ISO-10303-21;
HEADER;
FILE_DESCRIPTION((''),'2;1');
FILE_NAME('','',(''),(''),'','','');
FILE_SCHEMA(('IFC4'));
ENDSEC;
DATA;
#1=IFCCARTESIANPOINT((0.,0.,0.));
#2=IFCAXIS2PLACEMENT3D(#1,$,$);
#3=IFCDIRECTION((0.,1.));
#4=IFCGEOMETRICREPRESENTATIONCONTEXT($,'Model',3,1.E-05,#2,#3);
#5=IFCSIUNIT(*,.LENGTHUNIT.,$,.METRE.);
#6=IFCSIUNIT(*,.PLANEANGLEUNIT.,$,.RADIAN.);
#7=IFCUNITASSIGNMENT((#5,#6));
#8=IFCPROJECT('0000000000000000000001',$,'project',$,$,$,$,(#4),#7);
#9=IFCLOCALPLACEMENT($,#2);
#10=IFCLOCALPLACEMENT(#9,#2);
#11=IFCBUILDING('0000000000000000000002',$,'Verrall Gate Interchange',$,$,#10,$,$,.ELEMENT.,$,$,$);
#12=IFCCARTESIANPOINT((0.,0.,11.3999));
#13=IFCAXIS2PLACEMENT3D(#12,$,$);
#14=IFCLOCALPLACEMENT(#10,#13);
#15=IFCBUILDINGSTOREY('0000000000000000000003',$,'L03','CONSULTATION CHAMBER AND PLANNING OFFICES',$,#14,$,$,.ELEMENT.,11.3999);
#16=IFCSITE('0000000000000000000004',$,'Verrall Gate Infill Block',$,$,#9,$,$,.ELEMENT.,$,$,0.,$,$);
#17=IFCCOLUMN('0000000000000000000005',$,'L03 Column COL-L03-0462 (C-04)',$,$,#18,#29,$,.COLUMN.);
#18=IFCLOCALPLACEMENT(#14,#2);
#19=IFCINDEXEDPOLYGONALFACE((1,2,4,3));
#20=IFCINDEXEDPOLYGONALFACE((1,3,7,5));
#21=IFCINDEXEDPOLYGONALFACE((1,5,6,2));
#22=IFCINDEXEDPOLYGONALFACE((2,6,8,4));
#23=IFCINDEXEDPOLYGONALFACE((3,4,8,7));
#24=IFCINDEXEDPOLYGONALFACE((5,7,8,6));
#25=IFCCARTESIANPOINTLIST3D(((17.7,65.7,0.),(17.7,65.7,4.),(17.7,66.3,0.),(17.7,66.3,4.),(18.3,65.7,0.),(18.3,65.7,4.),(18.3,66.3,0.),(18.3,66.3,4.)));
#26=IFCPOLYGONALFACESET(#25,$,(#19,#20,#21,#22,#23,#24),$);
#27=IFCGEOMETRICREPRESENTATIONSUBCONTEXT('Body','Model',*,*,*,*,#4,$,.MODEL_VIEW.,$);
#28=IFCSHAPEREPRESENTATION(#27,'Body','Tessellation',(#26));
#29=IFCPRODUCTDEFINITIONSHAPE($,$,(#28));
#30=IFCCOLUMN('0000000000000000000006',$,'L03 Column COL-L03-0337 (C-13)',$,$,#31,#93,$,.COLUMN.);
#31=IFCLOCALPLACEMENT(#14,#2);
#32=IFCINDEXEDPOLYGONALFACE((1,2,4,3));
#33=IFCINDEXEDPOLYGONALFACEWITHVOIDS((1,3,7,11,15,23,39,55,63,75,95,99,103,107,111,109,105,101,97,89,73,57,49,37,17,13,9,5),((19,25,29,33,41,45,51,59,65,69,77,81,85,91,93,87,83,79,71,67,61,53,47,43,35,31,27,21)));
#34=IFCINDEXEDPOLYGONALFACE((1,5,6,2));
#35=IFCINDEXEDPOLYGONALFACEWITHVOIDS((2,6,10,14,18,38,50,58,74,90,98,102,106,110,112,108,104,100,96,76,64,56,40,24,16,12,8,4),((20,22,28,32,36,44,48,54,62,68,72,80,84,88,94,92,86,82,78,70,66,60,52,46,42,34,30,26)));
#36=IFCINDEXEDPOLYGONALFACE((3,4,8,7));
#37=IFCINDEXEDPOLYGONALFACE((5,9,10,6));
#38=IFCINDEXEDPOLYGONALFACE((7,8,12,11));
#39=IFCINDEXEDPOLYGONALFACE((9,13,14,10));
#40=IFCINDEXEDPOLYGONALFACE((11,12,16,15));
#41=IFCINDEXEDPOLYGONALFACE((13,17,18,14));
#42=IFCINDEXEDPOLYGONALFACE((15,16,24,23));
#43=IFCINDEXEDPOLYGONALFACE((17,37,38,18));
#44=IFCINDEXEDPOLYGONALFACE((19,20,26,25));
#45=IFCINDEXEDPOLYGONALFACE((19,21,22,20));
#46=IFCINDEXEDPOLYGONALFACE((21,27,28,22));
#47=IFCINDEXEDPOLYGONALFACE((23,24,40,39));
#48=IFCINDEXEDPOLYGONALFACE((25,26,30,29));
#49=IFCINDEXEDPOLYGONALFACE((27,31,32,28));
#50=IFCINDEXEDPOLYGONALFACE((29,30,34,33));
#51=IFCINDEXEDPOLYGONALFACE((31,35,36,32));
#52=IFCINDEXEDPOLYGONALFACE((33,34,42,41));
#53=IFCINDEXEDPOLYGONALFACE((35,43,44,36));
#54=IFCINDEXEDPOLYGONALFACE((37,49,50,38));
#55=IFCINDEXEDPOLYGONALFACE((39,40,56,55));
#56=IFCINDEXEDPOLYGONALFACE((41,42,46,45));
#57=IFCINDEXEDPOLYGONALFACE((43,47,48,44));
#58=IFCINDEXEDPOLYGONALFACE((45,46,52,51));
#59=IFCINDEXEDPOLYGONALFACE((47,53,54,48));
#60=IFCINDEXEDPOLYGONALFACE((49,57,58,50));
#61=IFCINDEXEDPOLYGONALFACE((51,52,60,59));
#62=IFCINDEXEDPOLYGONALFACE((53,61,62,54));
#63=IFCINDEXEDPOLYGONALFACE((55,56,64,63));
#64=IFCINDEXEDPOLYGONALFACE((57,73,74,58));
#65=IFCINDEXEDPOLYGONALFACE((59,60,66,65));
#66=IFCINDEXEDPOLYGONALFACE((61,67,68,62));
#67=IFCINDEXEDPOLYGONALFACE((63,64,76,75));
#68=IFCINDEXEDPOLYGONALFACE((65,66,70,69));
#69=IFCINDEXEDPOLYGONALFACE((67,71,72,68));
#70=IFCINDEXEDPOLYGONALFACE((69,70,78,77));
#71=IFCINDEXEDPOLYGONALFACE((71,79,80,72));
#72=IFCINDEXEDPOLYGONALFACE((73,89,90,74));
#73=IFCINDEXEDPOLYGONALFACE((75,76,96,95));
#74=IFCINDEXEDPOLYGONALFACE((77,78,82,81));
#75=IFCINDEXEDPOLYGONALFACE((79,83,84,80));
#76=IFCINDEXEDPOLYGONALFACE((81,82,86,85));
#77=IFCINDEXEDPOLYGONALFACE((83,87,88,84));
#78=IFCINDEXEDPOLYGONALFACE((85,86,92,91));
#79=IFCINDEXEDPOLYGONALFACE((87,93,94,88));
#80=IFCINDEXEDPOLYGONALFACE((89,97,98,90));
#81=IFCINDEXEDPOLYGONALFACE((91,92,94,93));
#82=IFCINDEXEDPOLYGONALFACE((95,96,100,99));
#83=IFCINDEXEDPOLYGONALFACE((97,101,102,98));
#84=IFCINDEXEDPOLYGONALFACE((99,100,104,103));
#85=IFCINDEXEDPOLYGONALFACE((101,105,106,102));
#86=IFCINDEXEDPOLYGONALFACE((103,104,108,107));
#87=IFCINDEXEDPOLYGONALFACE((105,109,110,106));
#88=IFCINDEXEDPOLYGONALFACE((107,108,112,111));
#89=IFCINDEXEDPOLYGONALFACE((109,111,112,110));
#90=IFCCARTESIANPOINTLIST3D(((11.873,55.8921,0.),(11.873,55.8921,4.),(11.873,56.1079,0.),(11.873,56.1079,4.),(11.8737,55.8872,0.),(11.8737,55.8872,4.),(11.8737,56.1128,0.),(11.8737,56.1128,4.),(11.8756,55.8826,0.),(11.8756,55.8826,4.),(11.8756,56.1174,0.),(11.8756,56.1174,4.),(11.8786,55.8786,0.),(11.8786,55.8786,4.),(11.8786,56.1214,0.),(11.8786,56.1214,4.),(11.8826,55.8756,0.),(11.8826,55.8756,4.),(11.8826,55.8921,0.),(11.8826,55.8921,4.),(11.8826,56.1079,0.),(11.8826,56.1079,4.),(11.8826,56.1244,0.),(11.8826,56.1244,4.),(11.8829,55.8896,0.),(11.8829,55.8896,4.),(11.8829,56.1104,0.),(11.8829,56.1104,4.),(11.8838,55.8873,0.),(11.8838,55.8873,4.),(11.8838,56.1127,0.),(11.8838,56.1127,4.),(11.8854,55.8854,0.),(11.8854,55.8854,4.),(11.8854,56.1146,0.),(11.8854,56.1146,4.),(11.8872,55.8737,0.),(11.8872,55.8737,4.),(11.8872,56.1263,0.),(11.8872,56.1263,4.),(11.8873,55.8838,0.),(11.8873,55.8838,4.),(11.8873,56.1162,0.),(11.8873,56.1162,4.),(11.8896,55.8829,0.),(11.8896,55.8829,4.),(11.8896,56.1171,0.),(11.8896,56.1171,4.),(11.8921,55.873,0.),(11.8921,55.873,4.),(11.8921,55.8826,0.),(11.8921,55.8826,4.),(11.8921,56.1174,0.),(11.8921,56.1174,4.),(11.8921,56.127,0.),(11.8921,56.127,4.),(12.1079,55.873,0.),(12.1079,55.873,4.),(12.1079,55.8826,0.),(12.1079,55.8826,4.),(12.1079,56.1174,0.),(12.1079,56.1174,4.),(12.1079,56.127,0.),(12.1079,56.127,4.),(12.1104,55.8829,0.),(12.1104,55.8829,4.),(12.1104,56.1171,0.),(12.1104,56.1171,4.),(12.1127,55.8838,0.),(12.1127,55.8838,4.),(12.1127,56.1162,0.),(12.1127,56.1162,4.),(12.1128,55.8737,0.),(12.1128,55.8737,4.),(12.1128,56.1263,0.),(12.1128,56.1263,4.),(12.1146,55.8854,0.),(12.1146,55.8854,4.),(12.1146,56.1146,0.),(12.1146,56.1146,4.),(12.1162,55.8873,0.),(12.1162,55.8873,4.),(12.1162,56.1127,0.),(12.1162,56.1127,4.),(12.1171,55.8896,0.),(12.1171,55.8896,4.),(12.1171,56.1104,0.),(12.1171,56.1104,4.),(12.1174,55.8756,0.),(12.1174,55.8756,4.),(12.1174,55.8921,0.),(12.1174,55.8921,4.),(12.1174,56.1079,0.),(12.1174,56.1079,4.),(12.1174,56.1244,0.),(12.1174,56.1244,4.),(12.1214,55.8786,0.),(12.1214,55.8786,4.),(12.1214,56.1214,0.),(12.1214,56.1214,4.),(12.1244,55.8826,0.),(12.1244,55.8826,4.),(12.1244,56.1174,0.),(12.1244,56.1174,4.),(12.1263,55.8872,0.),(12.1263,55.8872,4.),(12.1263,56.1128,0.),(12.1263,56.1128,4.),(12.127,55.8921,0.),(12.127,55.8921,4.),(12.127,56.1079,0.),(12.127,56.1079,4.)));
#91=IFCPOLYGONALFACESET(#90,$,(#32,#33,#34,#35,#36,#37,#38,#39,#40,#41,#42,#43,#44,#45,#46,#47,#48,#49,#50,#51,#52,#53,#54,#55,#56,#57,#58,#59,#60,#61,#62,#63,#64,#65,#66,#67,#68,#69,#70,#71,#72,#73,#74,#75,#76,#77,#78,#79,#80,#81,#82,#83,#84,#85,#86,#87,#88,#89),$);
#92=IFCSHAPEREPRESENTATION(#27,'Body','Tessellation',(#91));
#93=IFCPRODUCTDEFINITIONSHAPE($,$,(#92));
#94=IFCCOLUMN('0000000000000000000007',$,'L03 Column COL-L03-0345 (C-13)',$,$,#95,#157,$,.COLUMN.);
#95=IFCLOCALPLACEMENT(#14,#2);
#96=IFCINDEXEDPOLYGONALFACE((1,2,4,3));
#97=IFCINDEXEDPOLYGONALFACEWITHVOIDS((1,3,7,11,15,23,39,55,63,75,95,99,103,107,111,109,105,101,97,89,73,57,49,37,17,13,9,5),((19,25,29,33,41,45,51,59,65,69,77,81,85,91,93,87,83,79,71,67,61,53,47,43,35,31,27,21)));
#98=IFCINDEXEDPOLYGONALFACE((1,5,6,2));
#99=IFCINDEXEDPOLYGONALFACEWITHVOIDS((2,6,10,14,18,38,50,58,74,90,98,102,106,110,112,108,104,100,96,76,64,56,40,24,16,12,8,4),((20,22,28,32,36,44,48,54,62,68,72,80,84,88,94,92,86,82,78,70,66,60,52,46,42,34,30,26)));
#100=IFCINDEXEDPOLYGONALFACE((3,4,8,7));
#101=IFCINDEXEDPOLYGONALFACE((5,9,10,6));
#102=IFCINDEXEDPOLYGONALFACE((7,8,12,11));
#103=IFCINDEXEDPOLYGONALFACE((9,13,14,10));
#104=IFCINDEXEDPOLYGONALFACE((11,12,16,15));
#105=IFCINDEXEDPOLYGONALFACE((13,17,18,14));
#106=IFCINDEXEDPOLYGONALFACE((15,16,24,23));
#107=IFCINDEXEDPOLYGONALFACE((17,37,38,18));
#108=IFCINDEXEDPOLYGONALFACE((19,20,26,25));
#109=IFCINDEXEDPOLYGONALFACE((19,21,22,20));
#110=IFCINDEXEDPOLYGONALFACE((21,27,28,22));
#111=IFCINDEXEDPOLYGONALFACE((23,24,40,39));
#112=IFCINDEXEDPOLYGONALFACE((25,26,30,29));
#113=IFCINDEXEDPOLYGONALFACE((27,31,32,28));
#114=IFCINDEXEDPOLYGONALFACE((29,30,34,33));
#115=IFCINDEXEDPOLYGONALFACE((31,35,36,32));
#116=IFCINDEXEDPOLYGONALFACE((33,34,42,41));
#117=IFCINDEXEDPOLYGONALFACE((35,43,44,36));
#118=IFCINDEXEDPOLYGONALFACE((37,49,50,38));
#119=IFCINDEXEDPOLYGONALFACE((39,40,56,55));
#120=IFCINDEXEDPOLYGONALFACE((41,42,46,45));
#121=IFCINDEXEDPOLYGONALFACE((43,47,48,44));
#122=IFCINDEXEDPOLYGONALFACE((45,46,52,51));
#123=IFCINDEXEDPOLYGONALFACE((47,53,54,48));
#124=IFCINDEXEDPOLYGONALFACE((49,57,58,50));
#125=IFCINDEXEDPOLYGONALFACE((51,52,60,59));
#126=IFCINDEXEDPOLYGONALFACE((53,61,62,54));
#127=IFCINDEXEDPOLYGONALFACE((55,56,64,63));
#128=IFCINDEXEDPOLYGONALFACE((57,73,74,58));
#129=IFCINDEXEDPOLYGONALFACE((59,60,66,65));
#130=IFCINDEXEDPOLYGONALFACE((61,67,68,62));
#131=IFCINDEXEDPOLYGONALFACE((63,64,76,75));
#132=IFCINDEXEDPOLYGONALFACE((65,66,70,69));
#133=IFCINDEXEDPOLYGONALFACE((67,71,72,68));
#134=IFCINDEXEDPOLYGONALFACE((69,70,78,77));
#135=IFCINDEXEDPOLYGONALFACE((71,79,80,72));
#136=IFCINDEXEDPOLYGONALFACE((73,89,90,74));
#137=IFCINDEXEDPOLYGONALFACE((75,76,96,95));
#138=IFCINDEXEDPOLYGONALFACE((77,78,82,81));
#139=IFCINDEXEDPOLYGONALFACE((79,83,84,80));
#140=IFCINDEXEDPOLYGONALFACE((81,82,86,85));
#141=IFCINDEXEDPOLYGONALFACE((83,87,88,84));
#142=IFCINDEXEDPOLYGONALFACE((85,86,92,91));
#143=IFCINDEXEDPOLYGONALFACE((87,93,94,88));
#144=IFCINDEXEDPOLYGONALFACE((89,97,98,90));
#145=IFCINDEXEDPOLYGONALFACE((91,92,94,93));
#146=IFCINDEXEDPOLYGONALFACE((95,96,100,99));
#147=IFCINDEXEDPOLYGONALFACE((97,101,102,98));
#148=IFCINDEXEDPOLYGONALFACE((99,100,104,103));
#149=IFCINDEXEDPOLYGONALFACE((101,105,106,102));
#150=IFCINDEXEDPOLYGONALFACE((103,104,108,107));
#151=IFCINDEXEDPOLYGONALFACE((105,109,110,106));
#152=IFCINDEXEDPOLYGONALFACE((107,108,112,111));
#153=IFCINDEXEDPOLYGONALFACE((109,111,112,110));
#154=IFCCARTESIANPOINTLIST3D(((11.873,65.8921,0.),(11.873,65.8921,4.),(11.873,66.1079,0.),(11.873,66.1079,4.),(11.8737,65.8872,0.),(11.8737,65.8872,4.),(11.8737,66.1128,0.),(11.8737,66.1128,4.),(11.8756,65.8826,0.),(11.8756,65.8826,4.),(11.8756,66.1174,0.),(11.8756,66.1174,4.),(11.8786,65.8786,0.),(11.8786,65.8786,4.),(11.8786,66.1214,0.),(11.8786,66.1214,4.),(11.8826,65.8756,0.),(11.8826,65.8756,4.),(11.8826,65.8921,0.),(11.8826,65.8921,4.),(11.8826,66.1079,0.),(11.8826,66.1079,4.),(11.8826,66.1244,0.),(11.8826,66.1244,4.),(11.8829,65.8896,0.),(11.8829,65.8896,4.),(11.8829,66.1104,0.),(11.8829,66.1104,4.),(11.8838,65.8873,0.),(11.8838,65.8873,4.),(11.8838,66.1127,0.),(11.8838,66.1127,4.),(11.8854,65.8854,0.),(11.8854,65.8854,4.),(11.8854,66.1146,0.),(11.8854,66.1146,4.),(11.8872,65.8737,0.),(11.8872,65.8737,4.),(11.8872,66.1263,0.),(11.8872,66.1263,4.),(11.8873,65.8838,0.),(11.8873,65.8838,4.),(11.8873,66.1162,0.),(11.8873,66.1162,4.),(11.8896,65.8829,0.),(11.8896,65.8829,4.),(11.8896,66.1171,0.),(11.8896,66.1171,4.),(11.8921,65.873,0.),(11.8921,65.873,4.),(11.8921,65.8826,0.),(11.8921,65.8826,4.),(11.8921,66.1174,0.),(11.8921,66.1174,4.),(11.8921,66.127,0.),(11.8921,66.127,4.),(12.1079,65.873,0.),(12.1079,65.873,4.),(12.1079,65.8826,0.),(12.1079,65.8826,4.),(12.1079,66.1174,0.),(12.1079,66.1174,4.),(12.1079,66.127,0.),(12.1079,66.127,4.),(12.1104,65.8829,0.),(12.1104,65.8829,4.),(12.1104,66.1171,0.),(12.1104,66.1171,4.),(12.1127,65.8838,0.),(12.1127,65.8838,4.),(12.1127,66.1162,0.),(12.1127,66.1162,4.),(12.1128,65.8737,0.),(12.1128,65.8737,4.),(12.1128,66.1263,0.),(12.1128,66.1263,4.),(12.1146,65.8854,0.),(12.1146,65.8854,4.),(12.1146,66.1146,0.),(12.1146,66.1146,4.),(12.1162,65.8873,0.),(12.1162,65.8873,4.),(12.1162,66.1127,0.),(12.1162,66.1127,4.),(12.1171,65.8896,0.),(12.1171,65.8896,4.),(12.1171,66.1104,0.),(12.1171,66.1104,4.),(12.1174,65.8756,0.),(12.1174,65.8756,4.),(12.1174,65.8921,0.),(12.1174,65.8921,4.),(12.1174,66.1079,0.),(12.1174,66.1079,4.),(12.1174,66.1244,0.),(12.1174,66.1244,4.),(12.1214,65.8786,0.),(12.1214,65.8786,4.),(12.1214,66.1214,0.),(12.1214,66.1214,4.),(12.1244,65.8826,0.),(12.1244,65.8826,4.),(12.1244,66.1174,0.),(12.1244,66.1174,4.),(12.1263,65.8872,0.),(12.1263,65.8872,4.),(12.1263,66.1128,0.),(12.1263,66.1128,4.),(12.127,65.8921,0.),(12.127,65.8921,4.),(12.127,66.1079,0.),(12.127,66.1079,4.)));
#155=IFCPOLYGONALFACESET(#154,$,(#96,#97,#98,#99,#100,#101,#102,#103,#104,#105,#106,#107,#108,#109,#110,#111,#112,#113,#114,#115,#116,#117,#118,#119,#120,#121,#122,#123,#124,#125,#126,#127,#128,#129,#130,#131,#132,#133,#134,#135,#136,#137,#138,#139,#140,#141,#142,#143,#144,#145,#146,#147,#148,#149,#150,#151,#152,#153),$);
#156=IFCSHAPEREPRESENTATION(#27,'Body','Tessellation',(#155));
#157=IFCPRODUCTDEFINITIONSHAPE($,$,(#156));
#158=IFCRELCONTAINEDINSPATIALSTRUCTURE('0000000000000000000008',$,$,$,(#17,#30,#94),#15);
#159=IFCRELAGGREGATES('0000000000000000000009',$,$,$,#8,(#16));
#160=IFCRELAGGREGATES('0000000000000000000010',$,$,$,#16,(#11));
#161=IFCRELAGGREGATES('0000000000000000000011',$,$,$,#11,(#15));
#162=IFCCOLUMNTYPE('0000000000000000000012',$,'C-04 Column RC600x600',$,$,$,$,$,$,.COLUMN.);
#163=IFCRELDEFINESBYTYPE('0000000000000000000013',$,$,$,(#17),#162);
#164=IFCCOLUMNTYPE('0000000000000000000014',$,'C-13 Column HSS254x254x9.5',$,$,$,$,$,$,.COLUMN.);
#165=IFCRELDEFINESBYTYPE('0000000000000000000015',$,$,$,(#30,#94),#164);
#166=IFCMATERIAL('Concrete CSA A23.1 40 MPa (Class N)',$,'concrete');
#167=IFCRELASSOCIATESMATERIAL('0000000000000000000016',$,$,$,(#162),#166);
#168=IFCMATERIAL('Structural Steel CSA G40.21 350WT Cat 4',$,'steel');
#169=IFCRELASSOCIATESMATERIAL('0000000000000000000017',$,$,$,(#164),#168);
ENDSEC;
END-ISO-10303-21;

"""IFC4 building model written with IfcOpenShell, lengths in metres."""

from ifc_helpers import new_model, si_unit, direction, frame, origin, origin_2d, place, context, subcontext, project, spatial, rectangle, hollow_rectangle, extrude, material, material_profile, profile_set, type_object, element, save


model = new_model("IFC4")

# Units and contexts
model_context = context("Model", 3, precision=1e-05, world=origin(), true_north=direction((0.0, 1.0)))
body_context = subcontext(model_context, "Body", "Model", "MODEL_VIEW")
ifc_project = project(units=[si_unit("LENGTHUNIT", "METRE"), si_unit("PLANEANGLEUNIT", "RADIAN")], contexts=[model_context])

# Site, building, storey
site_placement = place(None, origin())
site = spatial("IfcSite", under=ifc_project, at=site_placement, Name="Verrall Gate Infill Block", CompositionType="ELEMENT", RefElevation=0.0)
building_placement = place(site_placement, origin())
building = spatial("IfcBuilding", under=site, at=building_placement, Name="Verrall Gate Interchange", CompositionType="ELEMENT")
storey_placement = place(building_placement, frame((0.0, 0.0, 11.3999)))
storey = spatial("IfcBuildingStorey", under=building, at=storey_placement, Name="L03", Description="CONSULTATION CHAMBER AND PLANNING OFFICES", CompositionType="ELEMENT", Elevation=11.3999)

# Columns
ifc_material_1 = material(Name="Concrete CSA A23.1 40 MPa (Class N)", Category="concrete")
ifc_material_profile_1 = material_profile(ifc_material_1, rectangle(XDim=0.6001, YDim=0.6001, at=origin_2d()), Name="RC600x600")
ifc_profile_set_1 = profile_set([ifc_material_profile_1], Name="Concrete CSA A23.1 40 MPa (Class N)")
column_type_1 = type_object("IfcColumnType", Name="C-04 Column RC600x600", PredefinedType="COLUMN", material=ifc_profile_set_1)
column_placement = place(storey_placement, frame((18.0, 66.0, 0.0), z_axis=(0.0, 0.0, 1.0), x_axis=(1.0, 0.0, 0.0)))
element("IfcColumn", 1, at=column_placement, inside=storey, type_object=column_type_1, Name="L03 Column COL-L03-0462 (C-04)", PredefinedType="COLUMN", context=body_context, shape_type="SweptSolid", body=[
    extrude(rectangle(XDim=0.6001, YDim=0.6001, at=origin_2d()), origin(), (0.0, 0.0, 1.0), 4.0),
])
ifc_material_2 = material(Name="Structural Steel CSA G40.21 350WT Cat 4", Category="steel")
ifc_material_profile_2 = material_profile(ifc_material_2, hollow_rectangle(XDim=0.2539, YDim=0.2539, WallThickness=0.0095, InnerFilletRadius=0.0095, OuterFilletRadius=0.019, at=origin_2d()), Name="HSS254x254x9.5")
ifc_profile_set_2 = profile_set([ifc_material_profile_2], Name="Structural Steel CSA G40.21 350WT Cat 4")
column_type_2 = type_object("IfcColumnType", Name="C-13 Column HSS254x254x9.5", PredefinedType="COLUMN", material=ifc_profile_set_2)
for number, where, z_axis, x_axis, name in (
    (2, (12.0, 56.0, 0.0), (0.0, 0.0, 1.0), (1.0, 0.0, 0.0), "L03 Column COL-L03-0337 (C-13)"),
    (3, (12.0, 66.0, 0.0), (0.0, 0.0, 1.0), (1.0, 0.0, 0.0), "L03 Column COL-L03-0345 (C-13)"),
):
    element("IfcColumn", number, at=place(storey_placement, frame(where, z_axis=z_axis, x_axis=x_axis)), inside=storey, type_object=column_type_2, Name=name, PredefinedType="COLUMN", context=body_context, shape_type="SweptSolid", body=[
        extrude(hollow_rectangle(XDim=0.2539, YDim=0.2539, WallThickness=0.0095, InnerFilletRadius=0.0095, OuterFilletRadius=0.019, at=origin_2d()), origin(), (0.0, 0.0, 1.0), 4.0),
    ])

save(model, "model.ifc")
